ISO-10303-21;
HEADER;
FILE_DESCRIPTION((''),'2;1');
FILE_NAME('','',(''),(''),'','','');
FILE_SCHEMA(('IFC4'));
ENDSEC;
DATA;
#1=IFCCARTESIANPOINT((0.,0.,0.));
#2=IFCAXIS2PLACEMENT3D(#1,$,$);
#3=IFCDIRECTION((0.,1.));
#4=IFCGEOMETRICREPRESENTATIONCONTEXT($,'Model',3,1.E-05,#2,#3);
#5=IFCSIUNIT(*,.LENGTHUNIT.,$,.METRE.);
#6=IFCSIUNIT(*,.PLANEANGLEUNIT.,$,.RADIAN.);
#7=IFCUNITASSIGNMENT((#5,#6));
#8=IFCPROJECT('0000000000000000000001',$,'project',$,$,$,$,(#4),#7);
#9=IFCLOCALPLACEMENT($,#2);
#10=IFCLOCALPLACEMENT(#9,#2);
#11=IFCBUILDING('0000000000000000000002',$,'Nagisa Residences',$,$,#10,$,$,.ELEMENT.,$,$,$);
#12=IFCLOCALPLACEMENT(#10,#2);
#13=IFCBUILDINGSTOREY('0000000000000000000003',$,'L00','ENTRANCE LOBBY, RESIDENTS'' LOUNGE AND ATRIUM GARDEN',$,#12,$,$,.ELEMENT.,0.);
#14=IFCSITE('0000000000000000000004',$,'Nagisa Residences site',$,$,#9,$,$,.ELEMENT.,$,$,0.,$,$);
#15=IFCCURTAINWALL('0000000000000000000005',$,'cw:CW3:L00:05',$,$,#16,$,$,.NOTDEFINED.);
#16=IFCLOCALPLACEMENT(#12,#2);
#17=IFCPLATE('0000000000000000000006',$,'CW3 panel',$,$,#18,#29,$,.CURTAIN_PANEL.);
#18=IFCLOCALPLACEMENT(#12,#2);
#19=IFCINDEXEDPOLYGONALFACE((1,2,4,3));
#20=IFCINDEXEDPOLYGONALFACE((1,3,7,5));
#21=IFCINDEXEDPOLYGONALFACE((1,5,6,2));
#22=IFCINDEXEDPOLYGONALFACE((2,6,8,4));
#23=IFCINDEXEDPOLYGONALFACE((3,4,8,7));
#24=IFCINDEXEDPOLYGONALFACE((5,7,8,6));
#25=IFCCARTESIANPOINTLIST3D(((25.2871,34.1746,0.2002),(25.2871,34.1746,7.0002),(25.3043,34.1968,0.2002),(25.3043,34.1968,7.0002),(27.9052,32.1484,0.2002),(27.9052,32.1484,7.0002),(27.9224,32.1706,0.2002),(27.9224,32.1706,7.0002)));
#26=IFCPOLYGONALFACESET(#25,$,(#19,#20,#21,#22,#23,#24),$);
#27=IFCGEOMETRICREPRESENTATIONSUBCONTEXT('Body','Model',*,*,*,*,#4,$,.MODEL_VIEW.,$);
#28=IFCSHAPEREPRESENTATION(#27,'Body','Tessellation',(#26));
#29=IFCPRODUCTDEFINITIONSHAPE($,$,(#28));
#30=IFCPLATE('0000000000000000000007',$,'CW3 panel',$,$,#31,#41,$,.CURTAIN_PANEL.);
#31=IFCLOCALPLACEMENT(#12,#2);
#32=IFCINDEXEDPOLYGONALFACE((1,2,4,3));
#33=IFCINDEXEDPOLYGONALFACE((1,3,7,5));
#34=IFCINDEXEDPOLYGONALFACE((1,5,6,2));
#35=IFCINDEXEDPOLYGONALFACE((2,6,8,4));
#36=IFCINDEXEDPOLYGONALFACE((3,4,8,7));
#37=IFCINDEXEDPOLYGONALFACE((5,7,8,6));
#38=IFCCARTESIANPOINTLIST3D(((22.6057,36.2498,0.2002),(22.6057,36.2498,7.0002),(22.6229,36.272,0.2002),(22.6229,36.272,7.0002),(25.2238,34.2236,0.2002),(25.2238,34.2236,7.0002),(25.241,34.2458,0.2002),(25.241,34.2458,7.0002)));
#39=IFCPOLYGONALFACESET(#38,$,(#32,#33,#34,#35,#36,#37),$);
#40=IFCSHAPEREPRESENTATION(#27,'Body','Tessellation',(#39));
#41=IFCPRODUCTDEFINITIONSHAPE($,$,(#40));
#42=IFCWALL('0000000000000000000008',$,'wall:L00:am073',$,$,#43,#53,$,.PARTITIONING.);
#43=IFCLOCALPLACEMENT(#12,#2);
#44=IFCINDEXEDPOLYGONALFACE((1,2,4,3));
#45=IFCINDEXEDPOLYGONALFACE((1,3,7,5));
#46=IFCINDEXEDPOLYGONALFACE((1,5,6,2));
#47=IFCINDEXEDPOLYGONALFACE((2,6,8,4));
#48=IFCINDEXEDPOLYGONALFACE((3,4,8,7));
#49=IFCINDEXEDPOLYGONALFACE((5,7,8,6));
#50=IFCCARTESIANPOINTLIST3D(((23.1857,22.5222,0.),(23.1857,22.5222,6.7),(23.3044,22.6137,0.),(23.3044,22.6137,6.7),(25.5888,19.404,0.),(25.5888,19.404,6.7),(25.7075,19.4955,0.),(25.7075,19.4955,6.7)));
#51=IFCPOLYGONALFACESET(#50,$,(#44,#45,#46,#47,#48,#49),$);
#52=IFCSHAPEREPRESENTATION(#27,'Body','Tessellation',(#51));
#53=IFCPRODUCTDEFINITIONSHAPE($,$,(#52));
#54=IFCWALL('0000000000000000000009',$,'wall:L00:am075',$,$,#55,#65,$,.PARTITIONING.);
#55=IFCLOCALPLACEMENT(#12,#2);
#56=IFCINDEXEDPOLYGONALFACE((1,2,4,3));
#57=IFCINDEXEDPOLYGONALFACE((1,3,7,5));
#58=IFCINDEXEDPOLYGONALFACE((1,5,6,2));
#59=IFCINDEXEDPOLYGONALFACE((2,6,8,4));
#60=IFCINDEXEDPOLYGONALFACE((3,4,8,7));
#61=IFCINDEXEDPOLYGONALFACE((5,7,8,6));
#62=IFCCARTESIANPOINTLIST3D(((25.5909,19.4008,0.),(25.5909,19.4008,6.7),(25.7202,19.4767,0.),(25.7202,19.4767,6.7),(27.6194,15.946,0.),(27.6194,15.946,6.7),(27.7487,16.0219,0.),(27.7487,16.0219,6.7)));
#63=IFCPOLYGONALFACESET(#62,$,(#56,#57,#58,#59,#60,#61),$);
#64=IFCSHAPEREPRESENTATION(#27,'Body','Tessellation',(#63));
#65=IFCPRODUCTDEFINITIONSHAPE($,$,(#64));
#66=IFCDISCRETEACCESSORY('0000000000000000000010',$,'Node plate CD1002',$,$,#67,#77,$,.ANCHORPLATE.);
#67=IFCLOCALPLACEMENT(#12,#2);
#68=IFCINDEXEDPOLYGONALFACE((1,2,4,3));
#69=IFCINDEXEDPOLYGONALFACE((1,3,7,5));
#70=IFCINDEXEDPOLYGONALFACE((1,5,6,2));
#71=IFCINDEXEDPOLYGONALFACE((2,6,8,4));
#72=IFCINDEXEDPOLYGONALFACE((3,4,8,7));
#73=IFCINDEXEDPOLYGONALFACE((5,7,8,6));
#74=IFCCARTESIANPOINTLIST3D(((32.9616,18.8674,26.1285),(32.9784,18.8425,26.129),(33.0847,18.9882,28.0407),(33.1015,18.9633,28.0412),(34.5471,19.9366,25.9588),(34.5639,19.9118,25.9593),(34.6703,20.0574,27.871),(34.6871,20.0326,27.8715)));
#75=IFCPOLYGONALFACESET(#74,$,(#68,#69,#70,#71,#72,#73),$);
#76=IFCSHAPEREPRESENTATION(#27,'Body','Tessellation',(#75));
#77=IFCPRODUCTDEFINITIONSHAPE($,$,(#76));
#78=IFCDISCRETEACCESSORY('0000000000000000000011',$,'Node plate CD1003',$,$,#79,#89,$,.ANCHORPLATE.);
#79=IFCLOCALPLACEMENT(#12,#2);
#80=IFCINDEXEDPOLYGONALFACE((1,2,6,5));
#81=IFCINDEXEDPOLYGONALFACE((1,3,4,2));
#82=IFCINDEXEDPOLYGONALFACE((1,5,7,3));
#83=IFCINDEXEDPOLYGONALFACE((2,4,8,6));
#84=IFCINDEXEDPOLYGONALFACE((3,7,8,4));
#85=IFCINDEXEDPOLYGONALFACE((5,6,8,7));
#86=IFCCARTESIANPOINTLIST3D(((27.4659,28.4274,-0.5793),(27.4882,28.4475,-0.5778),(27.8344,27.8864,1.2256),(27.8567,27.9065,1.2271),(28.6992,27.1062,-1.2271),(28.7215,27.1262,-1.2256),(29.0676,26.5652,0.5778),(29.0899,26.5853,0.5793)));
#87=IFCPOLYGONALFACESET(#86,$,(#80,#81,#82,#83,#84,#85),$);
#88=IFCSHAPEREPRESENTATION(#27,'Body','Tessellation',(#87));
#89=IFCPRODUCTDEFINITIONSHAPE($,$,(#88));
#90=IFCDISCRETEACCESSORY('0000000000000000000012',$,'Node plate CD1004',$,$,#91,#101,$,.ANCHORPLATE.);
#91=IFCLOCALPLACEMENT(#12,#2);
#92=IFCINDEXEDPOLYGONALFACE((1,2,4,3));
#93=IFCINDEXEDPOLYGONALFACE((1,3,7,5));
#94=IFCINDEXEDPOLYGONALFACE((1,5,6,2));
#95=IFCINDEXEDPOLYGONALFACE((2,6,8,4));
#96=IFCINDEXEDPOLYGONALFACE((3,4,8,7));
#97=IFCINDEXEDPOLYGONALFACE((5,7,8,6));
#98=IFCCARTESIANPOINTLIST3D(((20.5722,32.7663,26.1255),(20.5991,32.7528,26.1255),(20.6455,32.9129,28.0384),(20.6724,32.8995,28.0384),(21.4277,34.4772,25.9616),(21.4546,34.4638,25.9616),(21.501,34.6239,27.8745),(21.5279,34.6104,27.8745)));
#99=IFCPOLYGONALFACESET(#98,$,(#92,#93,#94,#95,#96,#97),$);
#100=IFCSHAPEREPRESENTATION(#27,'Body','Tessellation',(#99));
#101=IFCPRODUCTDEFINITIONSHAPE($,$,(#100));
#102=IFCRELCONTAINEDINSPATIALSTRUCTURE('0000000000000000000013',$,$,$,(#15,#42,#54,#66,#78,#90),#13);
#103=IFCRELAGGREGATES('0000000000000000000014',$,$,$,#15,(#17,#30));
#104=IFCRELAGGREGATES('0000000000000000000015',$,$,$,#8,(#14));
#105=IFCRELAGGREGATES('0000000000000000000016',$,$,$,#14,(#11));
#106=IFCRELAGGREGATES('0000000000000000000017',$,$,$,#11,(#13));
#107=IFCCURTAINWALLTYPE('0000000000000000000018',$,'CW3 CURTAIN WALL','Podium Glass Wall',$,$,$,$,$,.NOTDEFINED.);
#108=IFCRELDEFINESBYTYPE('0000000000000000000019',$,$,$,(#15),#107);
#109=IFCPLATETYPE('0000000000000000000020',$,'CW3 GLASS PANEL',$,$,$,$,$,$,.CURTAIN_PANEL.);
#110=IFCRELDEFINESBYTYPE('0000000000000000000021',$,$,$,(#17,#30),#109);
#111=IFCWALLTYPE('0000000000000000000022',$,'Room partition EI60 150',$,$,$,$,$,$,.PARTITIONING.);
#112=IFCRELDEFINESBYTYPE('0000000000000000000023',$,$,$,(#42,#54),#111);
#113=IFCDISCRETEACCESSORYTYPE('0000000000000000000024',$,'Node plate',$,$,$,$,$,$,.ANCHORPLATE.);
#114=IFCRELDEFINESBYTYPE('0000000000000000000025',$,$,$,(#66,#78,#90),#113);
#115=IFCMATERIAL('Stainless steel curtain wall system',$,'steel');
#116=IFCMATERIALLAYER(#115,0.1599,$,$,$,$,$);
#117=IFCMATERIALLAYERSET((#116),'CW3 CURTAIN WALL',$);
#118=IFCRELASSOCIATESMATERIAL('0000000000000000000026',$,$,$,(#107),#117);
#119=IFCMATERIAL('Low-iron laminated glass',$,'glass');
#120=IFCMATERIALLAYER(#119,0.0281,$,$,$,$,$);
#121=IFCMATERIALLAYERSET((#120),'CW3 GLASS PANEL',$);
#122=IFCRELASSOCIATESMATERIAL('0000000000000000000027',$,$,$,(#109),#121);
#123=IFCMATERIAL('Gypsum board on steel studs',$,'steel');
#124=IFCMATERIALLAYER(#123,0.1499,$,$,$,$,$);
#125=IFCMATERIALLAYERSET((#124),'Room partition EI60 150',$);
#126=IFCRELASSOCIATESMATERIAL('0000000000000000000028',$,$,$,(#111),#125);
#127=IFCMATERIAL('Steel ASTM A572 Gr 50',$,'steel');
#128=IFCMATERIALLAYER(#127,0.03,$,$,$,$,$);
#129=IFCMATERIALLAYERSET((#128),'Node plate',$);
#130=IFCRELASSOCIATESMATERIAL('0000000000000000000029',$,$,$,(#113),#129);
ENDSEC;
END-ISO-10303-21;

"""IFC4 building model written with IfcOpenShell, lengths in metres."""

from ifc_helpers import new_model, si_unit, direction, frame, frame_2d, origin, origin_2d, place, context, subcontext, project, spatial, rectangle, extrude, material, layer, layer_set, type_object, element, aggregate, save


model = new_model("IFC4")

# Units and contexts
model_context = context("Model", 3, precision=1e-05, world=origin(), true_north=direction((0.0, 1.0)))
body_context = subcontext(model_context, "Body", "Model", "MODEL_VIEW")
ifc_project = project(units=[si_unit("LENGTHUNIT", "METRE"), si_unit("PLANEANGLEUNIT", "RADIAN")], contexts=[model_context])

# Site, building, storey
site_placement = place(None, origin())
site = spatial("IfcSite", under=ifc_project, at=site_placement, Name="Nagisa Residences site", CompositionType="ELEMENT", RefElevation=0.0)
building_placement = place(site_placement, origin())
building = spatial("IfcBuilding", under=site, at=building_placement, Name="Nagisa Residences", CompositionType="ELEMENT")
storey_placement = place(building_placement, origin())
storey = spatial("IfcBuildingStorey", under=building, at=storey_placement, Name="L00", Description="ENTRANCE LOBBY, RESIDENTS' LOUNGE AND ATRIUM GARDEN", CompositionType="ELEMENT", Elevation=0.0)

# Curtain wall
ifc_material_1 = material(Name="Stainless steel curtain wall system", Category="steel")
ifc_layer_1 = layer(ifc_material_1, 0.1599)
ifc_layer_set_1 = layer_set([ifc_layer_1], Name="CW3 CURTAIN WALL")
curtain_wall_type = type_object("IfcCurtainWallType", Name="CW3 CURTAIN WALL", Description="Podium Glass Wall", PredefinedType="NOTDEFINED", material=ifc_layer_set_1)
curtain_wall_1_placement = place(storey_placement, origin())
curtain_wall_1 = element("IfcCurtainWall", 1, at=curtain_wall_1_placement, inside=storey, type_object=curtain_wall_type, Name="cw:CW3:L00:05", PredefinedType="NOTDEFINED")

# Plates
ifc_material_2 = material(Name="Low-iron laminated glass", Category="glass")
ifc_layer_2 = layer(ifc_material_2, 0.0281)
ifc_layer_set_2 = layer_set([ifc_layer_2], Name="CW3 GLASS PANEL")
plate_type = type_object("IfcPlateType", Name="CW3 GLASS PANEL", PredefinedType="CURTAIN_PANEL", material=ifc_layer_set_2)
plate_1_placement = place(storey_placement, frame((26.6047, 33.1726, 0.2002), z_axis=(0.0, 0.0, 1.0), x_axis=(-0.790831, 0.612035, 0.0)))
plate_1 = element("IfcPlate", 2, at=plate_1_placement, type_object=plate_type, Name="CW3 panel", PredefinedType="CURTAIN_PANEL", context=body_context, shape_type="SweptSolid", body=[
    extrude(rectangle(XDim=3.3105, YDim=0.0281, at=origin_2d()), origin(), (0.0, 0.0, 1.0), 6.8),
])
plate_2_placement = place(storey_placement, frame((23.9233, 35.2478, 0.2002), z_axis=(0.0, 0.0, 1.0), x_axis=(-0.790831, 0.612035, 0.0)))
plate_2 = element("IfcPlate", 3, at=plate_2_placement, type_object=plate_type, Name="CW3 panel", PredefinedType="CURTAIN_PANEL", context=body_context, shape_type="SweptSolid", body=[
    extrude(rectangle(XDim=3.3105, YDim=0.0281, at=origin_2d()), origin(), (0.0, 0.0, 1.0), 6.8),
])
aggregate(curtain_wall_1, [plate_1, plate_2])

# Walls
ifc_material_3 = material(Name="Gypsum board on steel studs", Category="steel")
ifc_layer_3 = layer(ifc_material_3, 0.1499)
ifc_layer_set_3 = layer_set([ifc_layer_3], Name="Room partition EI60 150")
wall_type_1 = type_object("IfcWallType", Name="Room partition EI60 150", PredefinedType="PARTITIONING", material=ifc_layer_set_3)
wall_1_placement = place(storey_placement, frame((23.2451, 22.5679, 0.0), z_axis=(0.0, 0.0, 1.0), x_axis=(0.610427, -0.792073, 0.0)))
element("IfcWall", 4, at=wall_1_placement, inside=storey, type_object=wall_type_1, Name="wall:L00:am073", PredefinedType="PARTITIONING", context=body_context, shape_type="SweptSolid", body=[
    extrude(rectangle(XDim=3.9368, YDim=0.1499, at=frame_2d((1.9683, 0.0))), origin(), (0.0, 0.0, 1.0), 6.7),
])
wall_2_placement = place(storey_placement, frame((25.6555, 19.4387, 0.0), z_axis=(0.0, 0.0, 1.0), x_axis=(0.506336, -0.862337, 0.0)))
element("IfcWall", 5, at=wall_2_placement, inside=storey, type_object=wall_type_1, Name="wall:L00:am075", PredefinedType="PARTITIONING", context=body_context, shape_type="SweptSolid", body=[
    extrude(rectangle(XDim=4.0063, YDim=0.1499, at=frame_2d((2.0032, 0.0))), origin(), (0.0, 0.0, 1.0), 6.7),
])

# Discrete accessories
ifc_material_4 = material(Name="Steel ASTM A572 Gr 50", Category="steel")
ifc_layer_4 = layer(ifc_material_4, 0.03)
ifc_layer_set_4 = layer_set([ifc_layer_4], Name="Node plate")
discrete_accessory_type = type_object("IfcDiscreteAccessoryType", Name="Node plate", PredefinedType="ANCHORPLATE", material=ifc_layer_set_4)
for number, where, z_axis, x_axis, name in (
    (6, (33.8159, 19.4624, 26.9998), (0.560235, -0.828174, 0.016239), (-0.064141, -0.062918, -0.995955), "Node plate CD1002"),
    (7, (28.2891, 27.5164, 0.0007), (-0.741999, -0.668614, -0.048923), (0.191919, -0.28177, 0.940092), "Node plate CD1003"),
    (8, (21.0635, 33.6816, 27.0), (-0.894427, 0.447214, 0.0), (-0.038188, -0.076376, -0.996347), "Node plate CD1004"),
):
    element("IfcDiscreteAccessory", number, at=place(storey_placement, frame(where, z_axis=z_axis, x_axis=x_axis)), inside=storey, type_object=discrete_accessory_type, Name=name, PredefinedType="ANCHORPLATE", context=body_context, shape_type="SweptSolid", body=[
        extrude(rectangle(XDim=1.9199, YDim=1.9199, at=origin_2d()), origin(), (0.0, 0.0, 1.0), 0.03),
    ])

save(model, "model.ifc")
